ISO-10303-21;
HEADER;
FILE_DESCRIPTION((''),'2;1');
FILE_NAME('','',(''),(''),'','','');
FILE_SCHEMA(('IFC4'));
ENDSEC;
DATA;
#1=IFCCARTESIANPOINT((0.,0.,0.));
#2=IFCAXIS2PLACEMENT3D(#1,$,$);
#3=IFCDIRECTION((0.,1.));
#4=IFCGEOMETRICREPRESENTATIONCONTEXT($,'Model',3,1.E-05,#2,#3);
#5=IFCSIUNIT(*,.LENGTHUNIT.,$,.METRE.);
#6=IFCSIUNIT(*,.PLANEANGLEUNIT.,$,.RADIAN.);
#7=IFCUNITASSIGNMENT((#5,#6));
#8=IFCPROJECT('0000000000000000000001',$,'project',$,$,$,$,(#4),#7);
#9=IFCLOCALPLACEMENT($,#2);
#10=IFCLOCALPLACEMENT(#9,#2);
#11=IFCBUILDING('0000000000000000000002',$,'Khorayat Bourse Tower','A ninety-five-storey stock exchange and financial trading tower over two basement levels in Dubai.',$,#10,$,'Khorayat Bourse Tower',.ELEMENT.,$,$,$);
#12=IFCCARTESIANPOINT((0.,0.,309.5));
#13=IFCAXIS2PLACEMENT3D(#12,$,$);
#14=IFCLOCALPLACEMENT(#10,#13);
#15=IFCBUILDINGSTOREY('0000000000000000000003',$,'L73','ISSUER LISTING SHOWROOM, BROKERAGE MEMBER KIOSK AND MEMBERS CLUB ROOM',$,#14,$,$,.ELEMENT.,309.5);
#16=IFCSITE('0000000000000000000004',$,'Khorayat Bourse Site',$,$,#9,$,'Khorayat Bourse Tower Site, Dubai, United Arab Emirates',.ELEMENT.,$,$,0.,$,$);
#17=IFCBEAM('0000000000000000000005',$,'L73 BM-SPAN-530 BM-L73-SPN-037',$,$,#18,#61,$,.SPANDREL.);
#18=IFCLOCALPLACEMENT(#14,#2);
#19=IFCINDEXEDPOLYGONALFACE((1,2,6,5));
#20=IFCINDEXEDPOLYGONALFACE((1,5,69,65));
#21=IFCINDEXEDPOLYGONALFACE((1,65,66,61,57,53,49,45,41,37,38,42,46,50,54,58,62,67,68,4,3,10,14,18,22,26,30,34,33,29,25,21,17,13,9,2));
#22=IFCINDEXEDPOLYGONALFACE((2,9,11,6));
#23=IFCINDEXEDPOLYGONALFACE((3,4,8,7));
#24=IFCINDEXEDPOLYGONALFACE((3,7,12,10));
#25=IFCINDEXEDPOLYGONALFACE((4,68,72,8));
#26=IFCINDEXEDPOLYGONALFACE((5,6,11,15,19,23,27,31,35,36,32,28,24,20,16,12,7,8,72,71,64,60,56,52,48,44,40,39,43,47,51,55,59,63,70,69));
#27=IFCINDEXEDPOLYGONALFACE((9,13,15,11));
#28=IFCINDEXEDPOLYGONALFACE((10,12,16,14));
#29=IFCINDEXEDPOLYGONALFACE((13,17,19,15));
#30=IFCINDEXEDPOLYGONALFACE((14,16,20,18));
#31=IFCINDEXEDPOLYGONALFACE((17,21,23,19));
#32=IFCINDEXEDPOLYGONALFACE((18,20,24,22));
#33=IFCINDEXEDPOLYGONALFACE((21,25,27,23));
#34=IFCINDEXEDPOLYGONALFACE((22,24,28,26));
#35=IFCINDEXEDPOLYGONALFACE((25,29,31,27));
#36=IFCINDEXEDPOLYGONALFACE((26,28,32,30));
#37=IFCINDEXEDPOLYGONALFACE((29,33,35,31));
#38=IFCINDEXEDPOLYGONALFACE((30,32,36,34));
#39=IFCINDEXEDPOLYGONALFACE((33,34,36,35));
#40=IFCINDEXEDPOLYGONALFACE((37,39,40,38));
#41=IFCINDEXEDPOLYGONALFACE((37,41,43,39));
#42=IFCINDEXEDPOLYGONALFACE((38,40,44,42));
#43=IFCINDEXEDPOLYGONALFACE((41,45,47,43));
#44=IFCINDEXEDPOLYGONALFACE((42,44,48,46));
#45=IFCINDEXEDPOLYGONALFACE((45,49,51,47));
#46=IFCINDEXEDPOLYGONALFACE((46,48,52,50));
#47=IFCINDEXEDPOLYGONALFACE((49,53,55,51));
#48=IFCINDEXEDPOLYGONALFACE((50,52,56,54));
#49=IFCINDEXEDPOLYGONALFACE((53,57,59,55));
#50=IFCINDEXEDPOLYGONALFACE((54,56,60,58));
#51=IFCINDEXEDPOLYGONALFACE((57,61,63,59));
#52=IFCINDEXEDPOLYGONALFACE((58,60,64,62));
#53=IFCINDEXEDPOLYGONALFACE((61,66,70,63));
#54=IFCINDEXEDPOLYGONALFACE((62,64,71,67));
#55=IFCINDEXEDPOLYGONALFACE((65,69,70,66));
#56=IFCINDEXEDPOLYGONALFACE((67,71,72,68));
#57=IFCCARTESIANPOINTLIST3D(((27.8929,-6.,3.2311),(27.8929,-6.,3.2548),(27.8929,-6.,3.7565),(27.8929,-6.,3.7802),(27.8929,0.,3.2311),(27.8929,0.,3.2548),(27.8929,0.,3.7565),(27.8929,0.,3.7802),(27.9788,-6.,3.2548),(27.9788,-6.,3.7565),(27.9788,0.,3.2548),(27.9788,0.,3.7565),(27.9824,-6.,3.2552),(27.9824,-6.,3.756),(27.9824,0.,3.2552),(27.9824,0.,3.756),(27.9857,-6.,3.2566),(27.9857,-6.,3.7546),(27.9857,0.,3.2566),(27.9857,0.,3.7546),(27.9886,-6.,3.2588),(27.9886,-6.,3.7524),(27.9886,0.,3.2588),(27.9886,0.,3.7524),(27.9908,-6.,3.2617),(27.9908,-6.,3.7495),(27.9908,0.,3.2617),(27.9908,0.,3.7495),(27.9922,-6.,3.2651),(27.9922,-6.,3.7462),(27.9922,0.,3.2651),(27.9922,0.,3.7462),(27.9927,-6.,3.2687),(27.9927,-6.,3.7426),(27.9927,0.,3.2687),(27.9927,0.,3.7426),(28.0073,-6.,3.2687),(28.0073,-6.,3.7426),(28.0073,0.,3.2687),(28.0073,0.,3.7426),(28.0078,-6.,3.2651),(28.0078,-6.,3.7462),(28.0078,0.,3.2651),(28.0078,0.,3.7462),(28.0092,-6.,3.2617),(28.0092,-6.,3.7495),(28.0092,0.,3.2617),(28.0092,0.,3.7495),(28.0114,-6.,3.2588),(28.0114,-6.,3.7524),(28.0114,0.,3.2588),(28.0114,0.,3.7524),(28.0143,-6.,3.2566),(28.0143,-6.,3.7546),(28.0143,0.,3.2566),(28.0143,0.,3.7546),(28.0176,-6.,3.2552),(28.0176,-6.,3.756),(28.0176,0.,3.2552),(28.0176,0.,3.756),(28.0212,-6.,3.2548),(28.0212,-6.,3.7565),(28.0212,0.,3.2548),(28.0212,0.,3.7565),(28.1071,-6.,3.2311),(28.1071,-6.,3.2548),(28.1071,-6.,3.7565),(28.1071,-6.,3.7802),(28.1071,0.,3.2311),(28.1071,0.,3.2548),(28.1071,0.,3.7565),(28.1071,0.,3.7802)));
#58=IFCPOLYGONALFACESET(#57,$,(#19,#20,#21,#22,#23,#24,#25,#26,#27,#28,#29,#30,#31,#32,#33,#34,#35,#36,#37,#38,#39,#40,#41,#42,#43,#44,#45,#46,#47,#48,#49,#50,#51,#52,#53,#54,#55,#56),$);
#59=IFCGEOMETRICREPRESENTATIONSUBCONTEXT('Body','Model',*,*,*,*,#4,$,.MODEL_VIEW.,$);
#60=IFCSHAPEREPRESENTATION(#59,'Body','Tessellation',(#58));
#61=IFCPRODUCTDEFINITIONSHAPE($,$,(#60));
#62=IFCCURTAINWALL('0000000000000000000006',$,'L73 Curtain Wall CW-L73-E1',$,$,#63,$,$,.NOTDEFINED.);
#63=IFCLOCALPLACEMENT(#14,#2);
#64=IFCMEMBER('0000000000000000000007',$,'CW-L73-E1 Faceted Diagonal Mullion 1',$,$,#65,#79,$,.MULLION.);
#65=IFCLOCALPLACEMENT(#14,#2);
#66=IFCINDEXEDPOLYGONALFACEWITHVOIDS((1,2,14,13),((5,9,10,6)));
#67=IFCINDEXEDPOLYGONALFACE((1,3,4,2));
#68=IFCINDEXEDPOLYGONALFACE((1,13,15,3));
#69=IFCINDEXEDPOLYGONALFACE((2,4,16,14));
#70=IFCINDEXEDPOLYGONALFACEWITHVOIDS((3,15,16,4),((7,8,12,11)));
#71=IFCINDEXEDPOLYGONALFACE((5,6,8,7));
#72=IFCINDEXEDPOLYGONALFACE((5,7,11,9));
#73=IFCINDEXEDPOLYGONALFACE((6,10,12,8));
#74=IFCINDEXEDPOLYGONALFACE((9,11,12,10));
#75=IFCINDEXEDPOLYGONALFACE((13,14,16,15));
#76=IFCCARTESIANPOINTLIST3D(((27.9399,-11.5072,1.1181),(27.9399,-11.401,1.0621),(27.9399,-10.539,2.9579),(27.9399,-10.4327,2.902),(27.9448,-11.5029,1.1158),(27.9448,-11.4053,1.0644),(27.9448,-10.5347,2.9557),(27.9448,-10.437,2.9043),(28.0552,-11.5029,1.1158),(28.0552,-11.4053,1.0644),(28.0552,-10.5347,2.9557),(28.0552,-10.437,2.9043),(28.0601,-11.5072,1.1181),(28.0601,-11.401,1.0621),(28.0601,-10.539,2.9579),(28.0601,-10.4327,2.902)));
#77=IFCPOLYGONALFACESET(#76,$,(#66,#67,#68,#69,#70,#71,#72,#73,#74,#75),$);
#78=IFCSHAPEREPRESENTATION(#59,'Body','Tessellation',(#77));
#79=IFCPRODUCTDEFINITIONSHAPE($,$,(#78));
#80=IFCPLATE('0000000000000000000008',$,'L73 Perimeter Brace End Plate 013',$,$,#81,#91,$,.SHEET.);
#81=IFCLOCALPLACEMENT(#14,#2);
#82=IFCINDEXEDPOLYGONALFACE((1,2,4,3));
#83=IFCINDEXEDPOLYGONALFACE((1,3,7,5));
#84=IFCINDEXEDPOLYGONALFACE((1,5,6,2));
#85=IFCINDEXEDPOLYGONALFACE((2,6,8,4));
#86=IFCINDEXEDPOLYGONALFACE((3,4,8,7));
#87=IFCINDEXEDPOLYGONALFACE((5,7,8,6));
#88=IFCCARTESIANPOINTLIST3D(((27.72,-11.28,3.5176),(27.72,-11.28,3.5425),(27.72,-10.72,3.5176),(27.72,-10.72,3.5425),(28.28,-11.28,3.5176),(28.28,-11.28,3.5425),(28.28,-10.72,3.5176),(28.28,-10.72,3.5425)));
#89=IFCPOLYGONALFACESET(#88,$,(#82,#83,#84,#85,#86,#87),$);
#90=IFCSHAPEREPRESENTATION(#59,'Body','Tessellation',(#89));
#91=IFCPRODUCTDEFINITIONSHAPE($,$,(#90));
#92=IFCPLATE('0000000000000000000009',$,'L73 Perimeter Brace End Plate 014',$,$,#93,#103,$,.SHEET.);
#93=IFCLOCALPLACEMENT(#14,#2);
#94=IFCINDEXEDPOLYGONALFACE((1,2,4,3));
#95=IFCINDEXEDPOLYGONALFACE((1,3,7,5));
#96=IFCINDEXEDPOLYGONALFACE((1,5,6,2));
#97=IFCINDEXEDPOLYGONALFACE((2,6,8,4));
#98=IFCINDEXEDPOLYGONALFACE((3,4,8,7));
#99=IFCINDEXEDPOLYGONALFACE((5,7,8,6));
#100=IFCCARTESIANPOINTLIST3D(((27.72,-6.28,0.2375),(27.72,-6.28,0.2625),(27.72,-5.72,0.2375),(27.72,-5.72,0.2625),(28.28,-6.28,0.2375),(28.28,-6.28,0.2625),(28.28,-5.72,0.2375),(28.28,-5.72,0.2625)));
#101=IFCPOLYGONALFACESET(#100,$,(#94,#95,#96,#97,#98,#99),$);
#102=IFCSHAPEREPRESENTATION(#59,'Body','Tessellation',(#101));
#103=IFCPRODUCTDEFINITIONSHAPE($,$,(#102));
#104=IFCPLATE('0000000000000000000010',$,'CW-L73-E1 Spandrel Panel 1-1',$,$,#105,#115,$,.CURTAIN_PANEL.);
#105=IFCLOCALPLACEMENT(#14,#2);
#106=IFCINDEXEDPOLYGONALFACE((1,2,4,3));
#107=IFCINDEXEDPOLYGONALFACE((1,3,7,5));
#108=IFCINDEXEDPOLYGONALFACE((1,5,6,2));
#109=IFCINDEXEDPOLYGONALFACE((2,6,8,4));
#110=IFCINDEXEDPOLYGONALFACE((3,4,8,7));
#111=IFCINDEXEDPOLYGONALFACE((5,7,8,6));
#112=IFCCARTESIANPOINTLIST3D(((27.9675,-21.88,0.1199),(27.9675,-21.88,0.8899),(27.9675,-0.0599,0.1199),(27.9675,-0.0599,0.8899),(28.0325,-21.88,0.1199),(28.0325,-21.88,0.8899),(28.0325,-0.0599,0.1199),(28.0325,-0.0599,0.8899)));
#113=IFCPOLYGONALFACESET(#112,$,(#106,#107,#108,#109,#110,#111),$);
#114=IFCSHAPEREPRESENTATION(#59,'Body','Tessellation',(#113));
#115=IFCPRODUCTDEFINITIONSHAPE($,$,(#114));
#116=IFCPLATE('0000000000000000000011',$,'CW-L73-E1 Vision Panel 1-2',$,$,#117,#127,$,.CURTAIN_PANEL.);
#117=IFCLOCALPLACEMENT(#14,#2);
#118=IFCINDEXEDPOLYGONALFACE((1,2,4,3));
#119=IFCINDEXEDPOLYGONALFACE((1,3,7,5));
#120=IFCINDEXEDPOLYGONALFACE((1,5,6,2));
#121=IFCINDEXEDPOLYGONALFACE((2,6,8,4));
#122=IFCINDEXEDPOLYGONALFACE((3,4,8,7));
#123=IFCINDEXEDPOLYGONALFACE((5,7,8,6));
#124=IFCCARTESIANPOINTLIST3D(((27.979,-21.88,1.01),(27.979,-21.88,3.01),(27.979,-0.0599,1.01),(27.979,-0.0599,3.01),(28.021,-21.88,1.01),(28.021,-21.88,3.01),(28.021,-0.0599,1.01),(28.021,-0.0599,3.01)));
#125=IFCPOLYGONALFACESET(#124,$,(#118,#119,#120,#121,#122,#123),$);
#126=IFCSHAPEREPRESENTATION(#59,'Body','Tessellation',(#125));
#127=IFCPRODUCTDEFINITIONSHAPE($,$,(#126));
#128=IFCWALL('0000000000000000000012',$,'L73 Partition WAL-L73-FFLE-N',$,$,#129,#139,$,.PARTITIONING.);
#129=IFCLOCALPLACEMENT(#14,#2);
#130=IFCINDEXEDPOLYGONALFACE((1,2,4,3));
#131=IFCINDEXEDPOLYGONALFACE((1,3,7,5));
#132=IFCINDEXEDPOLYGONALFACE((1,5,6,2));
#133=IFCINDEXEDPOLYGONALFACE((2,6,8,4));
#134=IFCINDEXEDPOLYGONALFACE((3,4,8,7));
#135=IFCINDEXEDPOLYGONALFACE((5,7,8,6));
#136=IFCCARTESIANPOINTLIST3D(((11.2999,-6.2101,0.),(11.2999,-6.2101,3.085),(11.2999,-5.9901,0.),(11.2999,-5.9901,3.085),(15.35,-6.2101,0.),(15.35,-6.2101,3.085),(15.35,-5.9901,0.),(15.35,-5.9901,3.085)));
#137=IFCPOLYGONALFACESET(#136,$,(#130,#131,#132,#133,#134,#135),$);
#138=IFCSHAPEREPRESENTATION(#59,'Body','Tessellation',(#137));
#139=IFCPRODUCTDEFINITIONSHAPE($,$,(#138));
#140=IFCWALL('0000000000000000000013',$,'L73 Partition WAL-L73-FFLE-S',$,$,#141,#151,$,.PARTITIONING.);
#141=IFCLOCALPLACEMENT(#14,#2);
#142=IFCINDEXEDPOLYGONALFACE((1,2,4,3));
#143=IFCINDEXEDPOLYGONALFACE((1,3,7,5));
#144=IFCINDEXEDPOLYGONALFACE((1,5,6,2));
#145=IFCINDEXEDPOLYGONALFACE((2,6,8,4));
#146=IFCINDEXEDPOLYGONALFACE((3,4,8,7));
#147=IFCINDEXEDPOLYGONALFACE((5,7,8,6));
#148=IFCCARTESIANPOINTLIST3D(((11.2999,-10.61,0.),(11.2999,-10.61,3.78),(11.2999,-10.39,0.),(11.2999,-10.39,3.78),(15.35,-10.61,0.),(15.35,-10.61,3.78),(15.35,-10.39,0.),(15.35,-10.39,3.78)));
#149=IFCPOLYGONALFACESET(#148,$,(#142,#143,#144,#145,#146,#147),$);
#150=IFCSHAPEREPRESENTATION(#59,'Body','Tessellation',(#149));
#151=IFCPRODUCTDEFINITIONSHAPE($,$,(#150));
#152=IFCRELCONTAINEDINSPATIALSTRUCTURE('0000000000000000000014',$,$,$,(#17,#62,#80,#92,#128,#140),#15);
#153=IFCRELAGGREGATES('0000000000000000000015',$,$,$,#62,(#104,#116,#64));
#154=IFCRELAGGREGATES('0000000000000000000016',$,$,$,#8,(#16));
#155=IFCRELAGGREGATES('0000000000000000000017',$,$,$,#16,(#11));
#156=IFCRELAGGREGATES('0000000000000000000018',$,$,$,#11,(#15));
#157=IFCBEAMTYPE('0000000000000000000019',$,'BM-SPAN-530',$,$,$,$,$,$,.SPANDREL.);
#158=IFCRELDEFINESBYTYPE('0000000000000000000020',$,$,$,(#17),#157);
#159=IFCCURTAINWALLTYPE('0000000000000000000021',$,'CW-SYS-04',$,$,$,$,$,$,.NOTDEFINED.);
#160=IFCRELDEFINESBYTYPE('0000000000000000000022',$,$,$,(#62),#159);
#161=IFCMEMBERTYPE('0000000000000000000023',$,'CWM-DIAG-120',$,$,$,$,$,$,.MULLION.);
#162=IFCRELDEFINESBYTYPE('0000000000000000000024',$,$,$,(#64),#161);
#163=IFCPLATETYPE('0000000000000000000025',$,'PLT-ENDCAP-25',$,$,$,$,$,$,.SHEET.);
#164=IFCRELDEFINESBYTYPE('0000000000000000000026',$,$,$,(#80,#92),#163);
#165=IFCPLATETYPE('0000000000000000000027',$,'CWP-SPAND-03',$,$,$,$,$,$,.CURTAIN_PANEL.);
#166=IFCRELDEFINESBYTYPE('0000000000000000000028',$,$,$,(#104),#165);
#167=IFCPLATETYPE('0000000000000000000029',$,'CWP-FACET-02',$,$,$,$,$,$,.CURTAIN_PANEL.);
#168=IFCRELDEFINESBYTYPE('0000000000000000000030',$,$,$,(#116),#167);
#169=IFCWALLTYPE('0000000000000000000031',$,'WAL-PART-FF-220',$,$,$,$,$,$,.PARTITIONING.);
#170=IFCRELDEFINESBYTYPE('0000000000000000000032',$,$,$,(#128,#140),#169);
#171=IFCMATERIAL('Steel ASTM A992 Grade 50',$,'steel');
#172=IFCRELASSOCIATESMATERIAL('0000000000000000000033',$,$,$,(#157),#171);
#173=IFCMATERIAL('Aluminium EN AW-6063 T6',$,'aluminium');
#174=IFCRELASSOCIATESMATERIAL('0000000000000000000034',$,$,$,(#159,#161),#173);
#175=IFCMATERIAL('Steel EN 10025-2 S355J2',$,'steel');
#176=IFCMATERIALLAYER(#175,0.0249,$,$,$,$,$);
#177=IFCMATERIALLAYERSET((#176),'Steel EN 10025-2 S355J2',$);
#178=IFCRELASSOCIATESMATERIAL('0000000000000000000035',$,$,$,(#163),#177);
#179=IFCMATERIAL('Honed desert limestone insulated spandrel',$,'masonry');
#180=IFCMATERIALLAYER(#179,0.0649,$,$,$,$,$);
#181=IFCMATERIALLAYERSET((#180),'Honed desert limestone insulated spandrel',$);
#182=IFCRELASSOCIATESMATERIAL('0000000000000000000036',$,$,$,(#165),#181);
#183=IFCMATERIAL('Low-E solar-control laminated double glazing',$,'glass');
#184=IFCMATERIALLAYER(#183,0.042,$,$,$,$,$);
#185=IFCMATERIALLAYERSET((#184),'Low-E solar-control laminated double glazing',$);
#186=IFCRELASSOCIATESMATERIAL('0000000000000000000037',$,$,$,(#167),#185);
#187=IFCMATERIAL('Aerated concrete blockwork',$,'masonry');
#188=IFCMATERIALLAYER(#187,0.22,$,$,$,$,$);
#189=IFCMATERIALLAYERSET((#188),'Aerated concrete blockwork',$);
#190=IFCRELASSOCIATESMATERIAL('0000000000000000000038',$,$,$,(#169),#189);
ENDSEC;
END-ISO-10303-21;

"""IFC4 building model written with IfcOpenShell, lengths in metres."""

from ifc_helpers import new_model, si_unit, direction, frame, frame_2d, origin, origin_2d, place, context, subcontext, project, spatial, rectangle, hollow_rectangle, i_section, extrude, source, transform, mapped, material, layer, layer_set, material_profile, profile_set, type_object, element, aggregate, save


model = new_model("IFC4")

# Units and contexts
model_context = context("Model", 3, precision=1e-05, world=origin(), true_north=direction((0.0, 1.0)))
body_context = subcontext(model_context, "Body", "Model", "MODEL_VIEW")
ifc_project = project(units=[si_unit("LENGTHUNIT", "METRE"), si_unit("PLANEANGLEUNIT", "RADIAN")], contexts=[model_context])

# Site, building, storey
site_placement = place(None, origin())
site = spatial("IfcSite", under=ifc_project, at=site_placement, Name="Khorayat Bourse Site", LongName="Khorayat Bourse Tower Site, Dubai, United Arab Emirates", CompositionType="ELEMENT", RefElevation=0.0)
building_placement = place(site_placement, origin())
building = spatial("IfcBuilding", under=site, at=building_placement, Name="Khorayat Bourse Tower", Description="A ninety-five-storey stock exchange and financial trading tower over two basement levels in Dubai.", LongName="Khorayat Bourse Tower", CompositionType="ELEMENT")
storey_placement = place(building_placement, frame((0.0, 0.0, 309.5)))
storey = spatial("IfcBuildingStorey", under=building, at=storey_placement, Name="L73", Description="ISSUER LISTING SHOWROOM, BROKERAGE MEMBER KIOSK AND MEMBERS CLUB ROOM", CompositionType="ELEMENT", Elevation=309.5)

# Beam
ifc_material_1 = material(Name="Steel ASTM A992 Grade 50", Category="steel")
ifc_material_profile_1 = material_profile(ifc_material_1, i_section(OverallWidth=0.2141, OverallDepth=0.5491, WebThickness=0.0146, FlangeThickness=0.0237, FilletRadius=0.0139, at=origin_2d()), Name="W530X138")
ifc_profile_set_1 = profile_set([ifc_material_profile_1], Name="Steel ASTM A992 Grade 50")
beam_type_1 = type_object("IfcBeamType", Name="BM-SPAN-530", PredefinedType="SPANDREL", material=ifc_profile_set_1)
shared_shape_1 = source(origin(), body_context, "Body", "SweptSolid", [
    extrude(i_section(OverallWidth=0.2141, OverallDepth=0.5491, WebThickness=0.0146, FlangeThickness=0.0237, FilletRadius=0.0139, at=origin_2d()), origin(), (0.0, 0.0, 1.0), 6.0),
])
beam_1_placement = place(storey_placement, frame((28.0, -6.0, 3.5056), z_axis=(0.0, 1.0, 0.0), x_axis=(-1.0, 0.0, 0.0)))
element("IfcBeam", 1, at=beam_1_placement, inside=storey, type_object=beam_type_1, Name="L73 BM-SPAN-530 BM-L73-SPN-037", PredefinedType="SPANDREL", context=body_context, shape_type="MappedRepresentation", body=[
    mapped(shared_shape_1, transform((0.0, 0.0, 0.0), scale=1.0)),
])

# Curtain wall, member
ifc_material_2 = material(Name="Aluminium EN AW-6063 T6", Category="aluminium")
curtain_wall_type = type_object("IfcCurtainWallType", Name="CW-SYS-04", PredefinedType="NOTDEFINED", material=ifc_material_2)
curtain_wall_placement = place(storey_placement, origin())
curtain_wall = element("IfcCurtainWall", 2, at=curtain_wall_placement, inside=storey, type_object=curtain_wall_type, Name="L73 Curtain Wall CW-L73-E1", PredefinedType="NOTDEFINED")
ifc_material_profile_2 = material_profile(ifc_material_2, hollow_rectangle(XDim=0.1201, YDim=0.1201, WallThickness=0.0049, at=origin_2d()), Name="ALU 120x120x5")
ifc_profile_set_2 = profile_set([ifc_material_profile_2], Name="Aluminium EN AW-6063 T6")
member_type_1 = type_object("IfcMemberType", Name="CWM-DIAG-120", PredefinedType="MULLION", material=ifc_profile_set_2)
shared_shape_2 = source(origin(), body_context, "Body", "SweptSolid", [
    extrude(hollow_rectangle(XDim=0.1201, YDim=0.1201, WallThickness=0.0049, at=origin_2d()), origin(), (0.0, 0.0, 1.0), 2.0791),
])
member_1_placement = place(storey_placement, frame((28.0, -11.4541, 1.0901), z_axis=(0.0, 0.465717, 0.884934), x_axis=(-1.0, 0.0, 0.0)))
member_1 = element("IfcMember", 3, at=member_1_placement, type_object=member_type_1, Name="CW-L73-E1 Faceted Diagonal Mullion 1", PredefinedType="MULLION", context=body_context, shape_type="MappedRepresentation", body=[
    mapped(shared_shape_2, transform((0.0, 0.0, 0.0), scale=1.0)),
])

# Plates
ifc_material_3 = material(Name="Steel EN 10025-2 S355J2", Category="steel")
ifc_layer_1 = layer(ifc_material_3, 0.0249)
ifc_layer_set_1 = layer_set([ifc_layer_1], Name="Steel EN 10025-2 S355J2")
plate_type_1 = type_object("IfcPlateType", Name="PLT-ENDCAP-25", PredefinedType="SHEET", material=ifc_layer_set_1)
shared_shape_3 = source(origin(), body_context, "Body", "SweptSolid", [
    extrude(rectangle(XDim=0.5601, YDim=0.5601, at=origin_2d()), origin(), (0.0, 0.0, 1.0), 0.0249),
])
for number, where, z_axis, x_axis, name in (
    (4, (28.0, -11.0, 3.5176), (0.0, 0.0, 1.0), (1.0, 0.0, 0.0), "L73 Perimeter Brace End Plate 013"),
    (5, (28.0, -6.0, 0.2375), (0.0, 0.0, 1.0), (1.0, 0.0, 0.0), "L73 Perimeter Brace End Plate 014"),
):
    element("IfcPlate", number, at=place(storey_placement, frame(where, z_axis=z_axis, x_axis=x_axis)), inside=storey, type_object=plate_type_1, Name=name, PredefinedType="SHEET", context=body_context, shape_type="MappedRepresentation", body=[
        mapped(shared_shape_3, transform((0.0, 0.0, 0.0), scale=1.0)),
    ])

# Plates
ifc_material_4 = material(Name="Honed desert limestone insulated spandrel", Category="masonry")
ifc_layer_2 = layer(ifc_material_4, 0.0649)
ifc_layer_set_2 = layer_set([ifc_layer_2], Name="Honed desert limestone insulated spandrel")
plate_type_2 = type_object("IfcPlateType", Name="CWP-SPAND-03", PredefinedType="CURTAIN_PANEL", material=ifc_layer_set_2)
shared_shape_4 = source(origin(), body_context, "Body", "SweptSolid", [
    extrude(rectangle(XDim=21.8201, YDim=0.0649, at=origin_2d()), origin(), (0.0, 0.0, 1.0), 0.77),
])
plate_1_placement = place(storey_placement, frame((28.0, -10.97, 0.1199), z_axis=(0.0, 0.0, 1.0), x_axis=(0.0, 1.0, 0.0)))
plate_1 = element("IfcPlate", 6, at=plate_1_placement, type_object=plate_type_2, Name="CW-L73-E1 Spandrel Panel 1-1", PredefinedType="CURTAIN_PANEL", context=body_context, shape_type="MappedRepresentation", body=[
    mapped(shared_shape_4, transform((0.0, 0.0, 0.0), scale=1.0)),
])
ifc_material_5 = material(Name="Low-E solar-control laminated double glazing", Category="glass")
ifc_layer_3 = layer(ifc_material_5, 0.042)
ifc_layer_set_3 = layer_set([ifc_layer_3], Name="Low-E solar-control laminated double glazing")
plate_type_3 = type_object("IfcPlateType", Name="CWP-FACET-02", PredefinedType="CURTAIN_PANEL", material=ifc_layer_set_3)
shared_shape_5 = source(origin(), body_context, "Body", "SweptSolid", [
    extrude(rectangle(XDim=21.8201, YDim=0.042, at=origin_2d()), origin(), (0.0, 0.0, 1.0), 2.0),
])
plate_2_placement = place(storey_placement, frame((28.0, -10.97, 1.01), z_axis=(0.0, 0.0, 1.0), x_axis=(0.0, 1.0, 0.0)))
plate_2 = element("IfcPlate", 7, at=plate_2_placement, type_object=plate_type_3, Name="CW-L73-E1 Vision Panel 1-2", PredefinedType="CURTAIN_PANEL", context=body_context, shape_type="MappedRepresentation", body=[
    mapped(shared_shape_5, transform((0.0, 0.0, 0.0), scale=1.0)),
])
aggregate(curtain_wall, [plate_1, plate_2, member_1])

# Walls
ifc_material_6 = material(Name="Aerated concrete blockwork", Category="masonry")
ifc_layer_4 = layer(ifc_material_6, 0.22)
ifc_layer_set_4 = layer_set([ifc_layer_4], Name="Aerated concrete blockwork")
wall_type_1 = type_object("IfcWallType", Name="WAL-PART-FF-220", PredefinedType="PARTITIONING", material=ifc_layer_set_4)
shared_shape_6 = source(origin(), body_context, "Body", "SweptSolid", [
    extrude(rectangle(XDim=4.05, YDim=0.22, at=frame_2d((2.0249, 0.0))), origin(), (0.0, 0.0, 1.0), 3.085),
])
wall_1_placement = place(storey_placement, frame((11.3, -6.1001, 0.0), z_axis=(0.0, 0.0, 1.0), x_axis=(1.0, 0.0, 0.0)))
element("IfcWall", 8, at=wall_1_placement, inside=storey, type_object=wall_type_1, Name="L73 Partition WAL-L73-FFLE-N", PredefinedType="PARTITIONING", context=body_context, shape_type="MappedRepresentation", body=[
    mapped(shared_shape_6, transform((0.0, 0.0, 0.0), scale=1.0)),
])
shared_shape_7 = source(origin(), body_context, "Body", "SweptSolid", [
    extrude(rectangle(XDim=4.05, YDim=0.22, at=frame_2d((2.0249, 0.0))), origin(), (0.0, 0.0, 1.0), 3.78),
])
wall_2_placement = place(storey_placement, frame((11.3, -10.5, 0.0), z_axis=(0.0, 0.0, 1.0), x_axis=(1.0, 0.0, 0.0)))
element("IfcWall", 9, at=wall_2_placement, inside=storey, type_object=wall_type_1, Name="L73 Partition WAL-L73-FFLE-S", PredefinedType="PARTITIONING", context=body_context, shape_type="MappedRepresentation", body=[
    mapped(shared_shape_7, transform((0.0, 0.0, 0.0), scale=1.0)),
])

save(model, "model.ifc")
